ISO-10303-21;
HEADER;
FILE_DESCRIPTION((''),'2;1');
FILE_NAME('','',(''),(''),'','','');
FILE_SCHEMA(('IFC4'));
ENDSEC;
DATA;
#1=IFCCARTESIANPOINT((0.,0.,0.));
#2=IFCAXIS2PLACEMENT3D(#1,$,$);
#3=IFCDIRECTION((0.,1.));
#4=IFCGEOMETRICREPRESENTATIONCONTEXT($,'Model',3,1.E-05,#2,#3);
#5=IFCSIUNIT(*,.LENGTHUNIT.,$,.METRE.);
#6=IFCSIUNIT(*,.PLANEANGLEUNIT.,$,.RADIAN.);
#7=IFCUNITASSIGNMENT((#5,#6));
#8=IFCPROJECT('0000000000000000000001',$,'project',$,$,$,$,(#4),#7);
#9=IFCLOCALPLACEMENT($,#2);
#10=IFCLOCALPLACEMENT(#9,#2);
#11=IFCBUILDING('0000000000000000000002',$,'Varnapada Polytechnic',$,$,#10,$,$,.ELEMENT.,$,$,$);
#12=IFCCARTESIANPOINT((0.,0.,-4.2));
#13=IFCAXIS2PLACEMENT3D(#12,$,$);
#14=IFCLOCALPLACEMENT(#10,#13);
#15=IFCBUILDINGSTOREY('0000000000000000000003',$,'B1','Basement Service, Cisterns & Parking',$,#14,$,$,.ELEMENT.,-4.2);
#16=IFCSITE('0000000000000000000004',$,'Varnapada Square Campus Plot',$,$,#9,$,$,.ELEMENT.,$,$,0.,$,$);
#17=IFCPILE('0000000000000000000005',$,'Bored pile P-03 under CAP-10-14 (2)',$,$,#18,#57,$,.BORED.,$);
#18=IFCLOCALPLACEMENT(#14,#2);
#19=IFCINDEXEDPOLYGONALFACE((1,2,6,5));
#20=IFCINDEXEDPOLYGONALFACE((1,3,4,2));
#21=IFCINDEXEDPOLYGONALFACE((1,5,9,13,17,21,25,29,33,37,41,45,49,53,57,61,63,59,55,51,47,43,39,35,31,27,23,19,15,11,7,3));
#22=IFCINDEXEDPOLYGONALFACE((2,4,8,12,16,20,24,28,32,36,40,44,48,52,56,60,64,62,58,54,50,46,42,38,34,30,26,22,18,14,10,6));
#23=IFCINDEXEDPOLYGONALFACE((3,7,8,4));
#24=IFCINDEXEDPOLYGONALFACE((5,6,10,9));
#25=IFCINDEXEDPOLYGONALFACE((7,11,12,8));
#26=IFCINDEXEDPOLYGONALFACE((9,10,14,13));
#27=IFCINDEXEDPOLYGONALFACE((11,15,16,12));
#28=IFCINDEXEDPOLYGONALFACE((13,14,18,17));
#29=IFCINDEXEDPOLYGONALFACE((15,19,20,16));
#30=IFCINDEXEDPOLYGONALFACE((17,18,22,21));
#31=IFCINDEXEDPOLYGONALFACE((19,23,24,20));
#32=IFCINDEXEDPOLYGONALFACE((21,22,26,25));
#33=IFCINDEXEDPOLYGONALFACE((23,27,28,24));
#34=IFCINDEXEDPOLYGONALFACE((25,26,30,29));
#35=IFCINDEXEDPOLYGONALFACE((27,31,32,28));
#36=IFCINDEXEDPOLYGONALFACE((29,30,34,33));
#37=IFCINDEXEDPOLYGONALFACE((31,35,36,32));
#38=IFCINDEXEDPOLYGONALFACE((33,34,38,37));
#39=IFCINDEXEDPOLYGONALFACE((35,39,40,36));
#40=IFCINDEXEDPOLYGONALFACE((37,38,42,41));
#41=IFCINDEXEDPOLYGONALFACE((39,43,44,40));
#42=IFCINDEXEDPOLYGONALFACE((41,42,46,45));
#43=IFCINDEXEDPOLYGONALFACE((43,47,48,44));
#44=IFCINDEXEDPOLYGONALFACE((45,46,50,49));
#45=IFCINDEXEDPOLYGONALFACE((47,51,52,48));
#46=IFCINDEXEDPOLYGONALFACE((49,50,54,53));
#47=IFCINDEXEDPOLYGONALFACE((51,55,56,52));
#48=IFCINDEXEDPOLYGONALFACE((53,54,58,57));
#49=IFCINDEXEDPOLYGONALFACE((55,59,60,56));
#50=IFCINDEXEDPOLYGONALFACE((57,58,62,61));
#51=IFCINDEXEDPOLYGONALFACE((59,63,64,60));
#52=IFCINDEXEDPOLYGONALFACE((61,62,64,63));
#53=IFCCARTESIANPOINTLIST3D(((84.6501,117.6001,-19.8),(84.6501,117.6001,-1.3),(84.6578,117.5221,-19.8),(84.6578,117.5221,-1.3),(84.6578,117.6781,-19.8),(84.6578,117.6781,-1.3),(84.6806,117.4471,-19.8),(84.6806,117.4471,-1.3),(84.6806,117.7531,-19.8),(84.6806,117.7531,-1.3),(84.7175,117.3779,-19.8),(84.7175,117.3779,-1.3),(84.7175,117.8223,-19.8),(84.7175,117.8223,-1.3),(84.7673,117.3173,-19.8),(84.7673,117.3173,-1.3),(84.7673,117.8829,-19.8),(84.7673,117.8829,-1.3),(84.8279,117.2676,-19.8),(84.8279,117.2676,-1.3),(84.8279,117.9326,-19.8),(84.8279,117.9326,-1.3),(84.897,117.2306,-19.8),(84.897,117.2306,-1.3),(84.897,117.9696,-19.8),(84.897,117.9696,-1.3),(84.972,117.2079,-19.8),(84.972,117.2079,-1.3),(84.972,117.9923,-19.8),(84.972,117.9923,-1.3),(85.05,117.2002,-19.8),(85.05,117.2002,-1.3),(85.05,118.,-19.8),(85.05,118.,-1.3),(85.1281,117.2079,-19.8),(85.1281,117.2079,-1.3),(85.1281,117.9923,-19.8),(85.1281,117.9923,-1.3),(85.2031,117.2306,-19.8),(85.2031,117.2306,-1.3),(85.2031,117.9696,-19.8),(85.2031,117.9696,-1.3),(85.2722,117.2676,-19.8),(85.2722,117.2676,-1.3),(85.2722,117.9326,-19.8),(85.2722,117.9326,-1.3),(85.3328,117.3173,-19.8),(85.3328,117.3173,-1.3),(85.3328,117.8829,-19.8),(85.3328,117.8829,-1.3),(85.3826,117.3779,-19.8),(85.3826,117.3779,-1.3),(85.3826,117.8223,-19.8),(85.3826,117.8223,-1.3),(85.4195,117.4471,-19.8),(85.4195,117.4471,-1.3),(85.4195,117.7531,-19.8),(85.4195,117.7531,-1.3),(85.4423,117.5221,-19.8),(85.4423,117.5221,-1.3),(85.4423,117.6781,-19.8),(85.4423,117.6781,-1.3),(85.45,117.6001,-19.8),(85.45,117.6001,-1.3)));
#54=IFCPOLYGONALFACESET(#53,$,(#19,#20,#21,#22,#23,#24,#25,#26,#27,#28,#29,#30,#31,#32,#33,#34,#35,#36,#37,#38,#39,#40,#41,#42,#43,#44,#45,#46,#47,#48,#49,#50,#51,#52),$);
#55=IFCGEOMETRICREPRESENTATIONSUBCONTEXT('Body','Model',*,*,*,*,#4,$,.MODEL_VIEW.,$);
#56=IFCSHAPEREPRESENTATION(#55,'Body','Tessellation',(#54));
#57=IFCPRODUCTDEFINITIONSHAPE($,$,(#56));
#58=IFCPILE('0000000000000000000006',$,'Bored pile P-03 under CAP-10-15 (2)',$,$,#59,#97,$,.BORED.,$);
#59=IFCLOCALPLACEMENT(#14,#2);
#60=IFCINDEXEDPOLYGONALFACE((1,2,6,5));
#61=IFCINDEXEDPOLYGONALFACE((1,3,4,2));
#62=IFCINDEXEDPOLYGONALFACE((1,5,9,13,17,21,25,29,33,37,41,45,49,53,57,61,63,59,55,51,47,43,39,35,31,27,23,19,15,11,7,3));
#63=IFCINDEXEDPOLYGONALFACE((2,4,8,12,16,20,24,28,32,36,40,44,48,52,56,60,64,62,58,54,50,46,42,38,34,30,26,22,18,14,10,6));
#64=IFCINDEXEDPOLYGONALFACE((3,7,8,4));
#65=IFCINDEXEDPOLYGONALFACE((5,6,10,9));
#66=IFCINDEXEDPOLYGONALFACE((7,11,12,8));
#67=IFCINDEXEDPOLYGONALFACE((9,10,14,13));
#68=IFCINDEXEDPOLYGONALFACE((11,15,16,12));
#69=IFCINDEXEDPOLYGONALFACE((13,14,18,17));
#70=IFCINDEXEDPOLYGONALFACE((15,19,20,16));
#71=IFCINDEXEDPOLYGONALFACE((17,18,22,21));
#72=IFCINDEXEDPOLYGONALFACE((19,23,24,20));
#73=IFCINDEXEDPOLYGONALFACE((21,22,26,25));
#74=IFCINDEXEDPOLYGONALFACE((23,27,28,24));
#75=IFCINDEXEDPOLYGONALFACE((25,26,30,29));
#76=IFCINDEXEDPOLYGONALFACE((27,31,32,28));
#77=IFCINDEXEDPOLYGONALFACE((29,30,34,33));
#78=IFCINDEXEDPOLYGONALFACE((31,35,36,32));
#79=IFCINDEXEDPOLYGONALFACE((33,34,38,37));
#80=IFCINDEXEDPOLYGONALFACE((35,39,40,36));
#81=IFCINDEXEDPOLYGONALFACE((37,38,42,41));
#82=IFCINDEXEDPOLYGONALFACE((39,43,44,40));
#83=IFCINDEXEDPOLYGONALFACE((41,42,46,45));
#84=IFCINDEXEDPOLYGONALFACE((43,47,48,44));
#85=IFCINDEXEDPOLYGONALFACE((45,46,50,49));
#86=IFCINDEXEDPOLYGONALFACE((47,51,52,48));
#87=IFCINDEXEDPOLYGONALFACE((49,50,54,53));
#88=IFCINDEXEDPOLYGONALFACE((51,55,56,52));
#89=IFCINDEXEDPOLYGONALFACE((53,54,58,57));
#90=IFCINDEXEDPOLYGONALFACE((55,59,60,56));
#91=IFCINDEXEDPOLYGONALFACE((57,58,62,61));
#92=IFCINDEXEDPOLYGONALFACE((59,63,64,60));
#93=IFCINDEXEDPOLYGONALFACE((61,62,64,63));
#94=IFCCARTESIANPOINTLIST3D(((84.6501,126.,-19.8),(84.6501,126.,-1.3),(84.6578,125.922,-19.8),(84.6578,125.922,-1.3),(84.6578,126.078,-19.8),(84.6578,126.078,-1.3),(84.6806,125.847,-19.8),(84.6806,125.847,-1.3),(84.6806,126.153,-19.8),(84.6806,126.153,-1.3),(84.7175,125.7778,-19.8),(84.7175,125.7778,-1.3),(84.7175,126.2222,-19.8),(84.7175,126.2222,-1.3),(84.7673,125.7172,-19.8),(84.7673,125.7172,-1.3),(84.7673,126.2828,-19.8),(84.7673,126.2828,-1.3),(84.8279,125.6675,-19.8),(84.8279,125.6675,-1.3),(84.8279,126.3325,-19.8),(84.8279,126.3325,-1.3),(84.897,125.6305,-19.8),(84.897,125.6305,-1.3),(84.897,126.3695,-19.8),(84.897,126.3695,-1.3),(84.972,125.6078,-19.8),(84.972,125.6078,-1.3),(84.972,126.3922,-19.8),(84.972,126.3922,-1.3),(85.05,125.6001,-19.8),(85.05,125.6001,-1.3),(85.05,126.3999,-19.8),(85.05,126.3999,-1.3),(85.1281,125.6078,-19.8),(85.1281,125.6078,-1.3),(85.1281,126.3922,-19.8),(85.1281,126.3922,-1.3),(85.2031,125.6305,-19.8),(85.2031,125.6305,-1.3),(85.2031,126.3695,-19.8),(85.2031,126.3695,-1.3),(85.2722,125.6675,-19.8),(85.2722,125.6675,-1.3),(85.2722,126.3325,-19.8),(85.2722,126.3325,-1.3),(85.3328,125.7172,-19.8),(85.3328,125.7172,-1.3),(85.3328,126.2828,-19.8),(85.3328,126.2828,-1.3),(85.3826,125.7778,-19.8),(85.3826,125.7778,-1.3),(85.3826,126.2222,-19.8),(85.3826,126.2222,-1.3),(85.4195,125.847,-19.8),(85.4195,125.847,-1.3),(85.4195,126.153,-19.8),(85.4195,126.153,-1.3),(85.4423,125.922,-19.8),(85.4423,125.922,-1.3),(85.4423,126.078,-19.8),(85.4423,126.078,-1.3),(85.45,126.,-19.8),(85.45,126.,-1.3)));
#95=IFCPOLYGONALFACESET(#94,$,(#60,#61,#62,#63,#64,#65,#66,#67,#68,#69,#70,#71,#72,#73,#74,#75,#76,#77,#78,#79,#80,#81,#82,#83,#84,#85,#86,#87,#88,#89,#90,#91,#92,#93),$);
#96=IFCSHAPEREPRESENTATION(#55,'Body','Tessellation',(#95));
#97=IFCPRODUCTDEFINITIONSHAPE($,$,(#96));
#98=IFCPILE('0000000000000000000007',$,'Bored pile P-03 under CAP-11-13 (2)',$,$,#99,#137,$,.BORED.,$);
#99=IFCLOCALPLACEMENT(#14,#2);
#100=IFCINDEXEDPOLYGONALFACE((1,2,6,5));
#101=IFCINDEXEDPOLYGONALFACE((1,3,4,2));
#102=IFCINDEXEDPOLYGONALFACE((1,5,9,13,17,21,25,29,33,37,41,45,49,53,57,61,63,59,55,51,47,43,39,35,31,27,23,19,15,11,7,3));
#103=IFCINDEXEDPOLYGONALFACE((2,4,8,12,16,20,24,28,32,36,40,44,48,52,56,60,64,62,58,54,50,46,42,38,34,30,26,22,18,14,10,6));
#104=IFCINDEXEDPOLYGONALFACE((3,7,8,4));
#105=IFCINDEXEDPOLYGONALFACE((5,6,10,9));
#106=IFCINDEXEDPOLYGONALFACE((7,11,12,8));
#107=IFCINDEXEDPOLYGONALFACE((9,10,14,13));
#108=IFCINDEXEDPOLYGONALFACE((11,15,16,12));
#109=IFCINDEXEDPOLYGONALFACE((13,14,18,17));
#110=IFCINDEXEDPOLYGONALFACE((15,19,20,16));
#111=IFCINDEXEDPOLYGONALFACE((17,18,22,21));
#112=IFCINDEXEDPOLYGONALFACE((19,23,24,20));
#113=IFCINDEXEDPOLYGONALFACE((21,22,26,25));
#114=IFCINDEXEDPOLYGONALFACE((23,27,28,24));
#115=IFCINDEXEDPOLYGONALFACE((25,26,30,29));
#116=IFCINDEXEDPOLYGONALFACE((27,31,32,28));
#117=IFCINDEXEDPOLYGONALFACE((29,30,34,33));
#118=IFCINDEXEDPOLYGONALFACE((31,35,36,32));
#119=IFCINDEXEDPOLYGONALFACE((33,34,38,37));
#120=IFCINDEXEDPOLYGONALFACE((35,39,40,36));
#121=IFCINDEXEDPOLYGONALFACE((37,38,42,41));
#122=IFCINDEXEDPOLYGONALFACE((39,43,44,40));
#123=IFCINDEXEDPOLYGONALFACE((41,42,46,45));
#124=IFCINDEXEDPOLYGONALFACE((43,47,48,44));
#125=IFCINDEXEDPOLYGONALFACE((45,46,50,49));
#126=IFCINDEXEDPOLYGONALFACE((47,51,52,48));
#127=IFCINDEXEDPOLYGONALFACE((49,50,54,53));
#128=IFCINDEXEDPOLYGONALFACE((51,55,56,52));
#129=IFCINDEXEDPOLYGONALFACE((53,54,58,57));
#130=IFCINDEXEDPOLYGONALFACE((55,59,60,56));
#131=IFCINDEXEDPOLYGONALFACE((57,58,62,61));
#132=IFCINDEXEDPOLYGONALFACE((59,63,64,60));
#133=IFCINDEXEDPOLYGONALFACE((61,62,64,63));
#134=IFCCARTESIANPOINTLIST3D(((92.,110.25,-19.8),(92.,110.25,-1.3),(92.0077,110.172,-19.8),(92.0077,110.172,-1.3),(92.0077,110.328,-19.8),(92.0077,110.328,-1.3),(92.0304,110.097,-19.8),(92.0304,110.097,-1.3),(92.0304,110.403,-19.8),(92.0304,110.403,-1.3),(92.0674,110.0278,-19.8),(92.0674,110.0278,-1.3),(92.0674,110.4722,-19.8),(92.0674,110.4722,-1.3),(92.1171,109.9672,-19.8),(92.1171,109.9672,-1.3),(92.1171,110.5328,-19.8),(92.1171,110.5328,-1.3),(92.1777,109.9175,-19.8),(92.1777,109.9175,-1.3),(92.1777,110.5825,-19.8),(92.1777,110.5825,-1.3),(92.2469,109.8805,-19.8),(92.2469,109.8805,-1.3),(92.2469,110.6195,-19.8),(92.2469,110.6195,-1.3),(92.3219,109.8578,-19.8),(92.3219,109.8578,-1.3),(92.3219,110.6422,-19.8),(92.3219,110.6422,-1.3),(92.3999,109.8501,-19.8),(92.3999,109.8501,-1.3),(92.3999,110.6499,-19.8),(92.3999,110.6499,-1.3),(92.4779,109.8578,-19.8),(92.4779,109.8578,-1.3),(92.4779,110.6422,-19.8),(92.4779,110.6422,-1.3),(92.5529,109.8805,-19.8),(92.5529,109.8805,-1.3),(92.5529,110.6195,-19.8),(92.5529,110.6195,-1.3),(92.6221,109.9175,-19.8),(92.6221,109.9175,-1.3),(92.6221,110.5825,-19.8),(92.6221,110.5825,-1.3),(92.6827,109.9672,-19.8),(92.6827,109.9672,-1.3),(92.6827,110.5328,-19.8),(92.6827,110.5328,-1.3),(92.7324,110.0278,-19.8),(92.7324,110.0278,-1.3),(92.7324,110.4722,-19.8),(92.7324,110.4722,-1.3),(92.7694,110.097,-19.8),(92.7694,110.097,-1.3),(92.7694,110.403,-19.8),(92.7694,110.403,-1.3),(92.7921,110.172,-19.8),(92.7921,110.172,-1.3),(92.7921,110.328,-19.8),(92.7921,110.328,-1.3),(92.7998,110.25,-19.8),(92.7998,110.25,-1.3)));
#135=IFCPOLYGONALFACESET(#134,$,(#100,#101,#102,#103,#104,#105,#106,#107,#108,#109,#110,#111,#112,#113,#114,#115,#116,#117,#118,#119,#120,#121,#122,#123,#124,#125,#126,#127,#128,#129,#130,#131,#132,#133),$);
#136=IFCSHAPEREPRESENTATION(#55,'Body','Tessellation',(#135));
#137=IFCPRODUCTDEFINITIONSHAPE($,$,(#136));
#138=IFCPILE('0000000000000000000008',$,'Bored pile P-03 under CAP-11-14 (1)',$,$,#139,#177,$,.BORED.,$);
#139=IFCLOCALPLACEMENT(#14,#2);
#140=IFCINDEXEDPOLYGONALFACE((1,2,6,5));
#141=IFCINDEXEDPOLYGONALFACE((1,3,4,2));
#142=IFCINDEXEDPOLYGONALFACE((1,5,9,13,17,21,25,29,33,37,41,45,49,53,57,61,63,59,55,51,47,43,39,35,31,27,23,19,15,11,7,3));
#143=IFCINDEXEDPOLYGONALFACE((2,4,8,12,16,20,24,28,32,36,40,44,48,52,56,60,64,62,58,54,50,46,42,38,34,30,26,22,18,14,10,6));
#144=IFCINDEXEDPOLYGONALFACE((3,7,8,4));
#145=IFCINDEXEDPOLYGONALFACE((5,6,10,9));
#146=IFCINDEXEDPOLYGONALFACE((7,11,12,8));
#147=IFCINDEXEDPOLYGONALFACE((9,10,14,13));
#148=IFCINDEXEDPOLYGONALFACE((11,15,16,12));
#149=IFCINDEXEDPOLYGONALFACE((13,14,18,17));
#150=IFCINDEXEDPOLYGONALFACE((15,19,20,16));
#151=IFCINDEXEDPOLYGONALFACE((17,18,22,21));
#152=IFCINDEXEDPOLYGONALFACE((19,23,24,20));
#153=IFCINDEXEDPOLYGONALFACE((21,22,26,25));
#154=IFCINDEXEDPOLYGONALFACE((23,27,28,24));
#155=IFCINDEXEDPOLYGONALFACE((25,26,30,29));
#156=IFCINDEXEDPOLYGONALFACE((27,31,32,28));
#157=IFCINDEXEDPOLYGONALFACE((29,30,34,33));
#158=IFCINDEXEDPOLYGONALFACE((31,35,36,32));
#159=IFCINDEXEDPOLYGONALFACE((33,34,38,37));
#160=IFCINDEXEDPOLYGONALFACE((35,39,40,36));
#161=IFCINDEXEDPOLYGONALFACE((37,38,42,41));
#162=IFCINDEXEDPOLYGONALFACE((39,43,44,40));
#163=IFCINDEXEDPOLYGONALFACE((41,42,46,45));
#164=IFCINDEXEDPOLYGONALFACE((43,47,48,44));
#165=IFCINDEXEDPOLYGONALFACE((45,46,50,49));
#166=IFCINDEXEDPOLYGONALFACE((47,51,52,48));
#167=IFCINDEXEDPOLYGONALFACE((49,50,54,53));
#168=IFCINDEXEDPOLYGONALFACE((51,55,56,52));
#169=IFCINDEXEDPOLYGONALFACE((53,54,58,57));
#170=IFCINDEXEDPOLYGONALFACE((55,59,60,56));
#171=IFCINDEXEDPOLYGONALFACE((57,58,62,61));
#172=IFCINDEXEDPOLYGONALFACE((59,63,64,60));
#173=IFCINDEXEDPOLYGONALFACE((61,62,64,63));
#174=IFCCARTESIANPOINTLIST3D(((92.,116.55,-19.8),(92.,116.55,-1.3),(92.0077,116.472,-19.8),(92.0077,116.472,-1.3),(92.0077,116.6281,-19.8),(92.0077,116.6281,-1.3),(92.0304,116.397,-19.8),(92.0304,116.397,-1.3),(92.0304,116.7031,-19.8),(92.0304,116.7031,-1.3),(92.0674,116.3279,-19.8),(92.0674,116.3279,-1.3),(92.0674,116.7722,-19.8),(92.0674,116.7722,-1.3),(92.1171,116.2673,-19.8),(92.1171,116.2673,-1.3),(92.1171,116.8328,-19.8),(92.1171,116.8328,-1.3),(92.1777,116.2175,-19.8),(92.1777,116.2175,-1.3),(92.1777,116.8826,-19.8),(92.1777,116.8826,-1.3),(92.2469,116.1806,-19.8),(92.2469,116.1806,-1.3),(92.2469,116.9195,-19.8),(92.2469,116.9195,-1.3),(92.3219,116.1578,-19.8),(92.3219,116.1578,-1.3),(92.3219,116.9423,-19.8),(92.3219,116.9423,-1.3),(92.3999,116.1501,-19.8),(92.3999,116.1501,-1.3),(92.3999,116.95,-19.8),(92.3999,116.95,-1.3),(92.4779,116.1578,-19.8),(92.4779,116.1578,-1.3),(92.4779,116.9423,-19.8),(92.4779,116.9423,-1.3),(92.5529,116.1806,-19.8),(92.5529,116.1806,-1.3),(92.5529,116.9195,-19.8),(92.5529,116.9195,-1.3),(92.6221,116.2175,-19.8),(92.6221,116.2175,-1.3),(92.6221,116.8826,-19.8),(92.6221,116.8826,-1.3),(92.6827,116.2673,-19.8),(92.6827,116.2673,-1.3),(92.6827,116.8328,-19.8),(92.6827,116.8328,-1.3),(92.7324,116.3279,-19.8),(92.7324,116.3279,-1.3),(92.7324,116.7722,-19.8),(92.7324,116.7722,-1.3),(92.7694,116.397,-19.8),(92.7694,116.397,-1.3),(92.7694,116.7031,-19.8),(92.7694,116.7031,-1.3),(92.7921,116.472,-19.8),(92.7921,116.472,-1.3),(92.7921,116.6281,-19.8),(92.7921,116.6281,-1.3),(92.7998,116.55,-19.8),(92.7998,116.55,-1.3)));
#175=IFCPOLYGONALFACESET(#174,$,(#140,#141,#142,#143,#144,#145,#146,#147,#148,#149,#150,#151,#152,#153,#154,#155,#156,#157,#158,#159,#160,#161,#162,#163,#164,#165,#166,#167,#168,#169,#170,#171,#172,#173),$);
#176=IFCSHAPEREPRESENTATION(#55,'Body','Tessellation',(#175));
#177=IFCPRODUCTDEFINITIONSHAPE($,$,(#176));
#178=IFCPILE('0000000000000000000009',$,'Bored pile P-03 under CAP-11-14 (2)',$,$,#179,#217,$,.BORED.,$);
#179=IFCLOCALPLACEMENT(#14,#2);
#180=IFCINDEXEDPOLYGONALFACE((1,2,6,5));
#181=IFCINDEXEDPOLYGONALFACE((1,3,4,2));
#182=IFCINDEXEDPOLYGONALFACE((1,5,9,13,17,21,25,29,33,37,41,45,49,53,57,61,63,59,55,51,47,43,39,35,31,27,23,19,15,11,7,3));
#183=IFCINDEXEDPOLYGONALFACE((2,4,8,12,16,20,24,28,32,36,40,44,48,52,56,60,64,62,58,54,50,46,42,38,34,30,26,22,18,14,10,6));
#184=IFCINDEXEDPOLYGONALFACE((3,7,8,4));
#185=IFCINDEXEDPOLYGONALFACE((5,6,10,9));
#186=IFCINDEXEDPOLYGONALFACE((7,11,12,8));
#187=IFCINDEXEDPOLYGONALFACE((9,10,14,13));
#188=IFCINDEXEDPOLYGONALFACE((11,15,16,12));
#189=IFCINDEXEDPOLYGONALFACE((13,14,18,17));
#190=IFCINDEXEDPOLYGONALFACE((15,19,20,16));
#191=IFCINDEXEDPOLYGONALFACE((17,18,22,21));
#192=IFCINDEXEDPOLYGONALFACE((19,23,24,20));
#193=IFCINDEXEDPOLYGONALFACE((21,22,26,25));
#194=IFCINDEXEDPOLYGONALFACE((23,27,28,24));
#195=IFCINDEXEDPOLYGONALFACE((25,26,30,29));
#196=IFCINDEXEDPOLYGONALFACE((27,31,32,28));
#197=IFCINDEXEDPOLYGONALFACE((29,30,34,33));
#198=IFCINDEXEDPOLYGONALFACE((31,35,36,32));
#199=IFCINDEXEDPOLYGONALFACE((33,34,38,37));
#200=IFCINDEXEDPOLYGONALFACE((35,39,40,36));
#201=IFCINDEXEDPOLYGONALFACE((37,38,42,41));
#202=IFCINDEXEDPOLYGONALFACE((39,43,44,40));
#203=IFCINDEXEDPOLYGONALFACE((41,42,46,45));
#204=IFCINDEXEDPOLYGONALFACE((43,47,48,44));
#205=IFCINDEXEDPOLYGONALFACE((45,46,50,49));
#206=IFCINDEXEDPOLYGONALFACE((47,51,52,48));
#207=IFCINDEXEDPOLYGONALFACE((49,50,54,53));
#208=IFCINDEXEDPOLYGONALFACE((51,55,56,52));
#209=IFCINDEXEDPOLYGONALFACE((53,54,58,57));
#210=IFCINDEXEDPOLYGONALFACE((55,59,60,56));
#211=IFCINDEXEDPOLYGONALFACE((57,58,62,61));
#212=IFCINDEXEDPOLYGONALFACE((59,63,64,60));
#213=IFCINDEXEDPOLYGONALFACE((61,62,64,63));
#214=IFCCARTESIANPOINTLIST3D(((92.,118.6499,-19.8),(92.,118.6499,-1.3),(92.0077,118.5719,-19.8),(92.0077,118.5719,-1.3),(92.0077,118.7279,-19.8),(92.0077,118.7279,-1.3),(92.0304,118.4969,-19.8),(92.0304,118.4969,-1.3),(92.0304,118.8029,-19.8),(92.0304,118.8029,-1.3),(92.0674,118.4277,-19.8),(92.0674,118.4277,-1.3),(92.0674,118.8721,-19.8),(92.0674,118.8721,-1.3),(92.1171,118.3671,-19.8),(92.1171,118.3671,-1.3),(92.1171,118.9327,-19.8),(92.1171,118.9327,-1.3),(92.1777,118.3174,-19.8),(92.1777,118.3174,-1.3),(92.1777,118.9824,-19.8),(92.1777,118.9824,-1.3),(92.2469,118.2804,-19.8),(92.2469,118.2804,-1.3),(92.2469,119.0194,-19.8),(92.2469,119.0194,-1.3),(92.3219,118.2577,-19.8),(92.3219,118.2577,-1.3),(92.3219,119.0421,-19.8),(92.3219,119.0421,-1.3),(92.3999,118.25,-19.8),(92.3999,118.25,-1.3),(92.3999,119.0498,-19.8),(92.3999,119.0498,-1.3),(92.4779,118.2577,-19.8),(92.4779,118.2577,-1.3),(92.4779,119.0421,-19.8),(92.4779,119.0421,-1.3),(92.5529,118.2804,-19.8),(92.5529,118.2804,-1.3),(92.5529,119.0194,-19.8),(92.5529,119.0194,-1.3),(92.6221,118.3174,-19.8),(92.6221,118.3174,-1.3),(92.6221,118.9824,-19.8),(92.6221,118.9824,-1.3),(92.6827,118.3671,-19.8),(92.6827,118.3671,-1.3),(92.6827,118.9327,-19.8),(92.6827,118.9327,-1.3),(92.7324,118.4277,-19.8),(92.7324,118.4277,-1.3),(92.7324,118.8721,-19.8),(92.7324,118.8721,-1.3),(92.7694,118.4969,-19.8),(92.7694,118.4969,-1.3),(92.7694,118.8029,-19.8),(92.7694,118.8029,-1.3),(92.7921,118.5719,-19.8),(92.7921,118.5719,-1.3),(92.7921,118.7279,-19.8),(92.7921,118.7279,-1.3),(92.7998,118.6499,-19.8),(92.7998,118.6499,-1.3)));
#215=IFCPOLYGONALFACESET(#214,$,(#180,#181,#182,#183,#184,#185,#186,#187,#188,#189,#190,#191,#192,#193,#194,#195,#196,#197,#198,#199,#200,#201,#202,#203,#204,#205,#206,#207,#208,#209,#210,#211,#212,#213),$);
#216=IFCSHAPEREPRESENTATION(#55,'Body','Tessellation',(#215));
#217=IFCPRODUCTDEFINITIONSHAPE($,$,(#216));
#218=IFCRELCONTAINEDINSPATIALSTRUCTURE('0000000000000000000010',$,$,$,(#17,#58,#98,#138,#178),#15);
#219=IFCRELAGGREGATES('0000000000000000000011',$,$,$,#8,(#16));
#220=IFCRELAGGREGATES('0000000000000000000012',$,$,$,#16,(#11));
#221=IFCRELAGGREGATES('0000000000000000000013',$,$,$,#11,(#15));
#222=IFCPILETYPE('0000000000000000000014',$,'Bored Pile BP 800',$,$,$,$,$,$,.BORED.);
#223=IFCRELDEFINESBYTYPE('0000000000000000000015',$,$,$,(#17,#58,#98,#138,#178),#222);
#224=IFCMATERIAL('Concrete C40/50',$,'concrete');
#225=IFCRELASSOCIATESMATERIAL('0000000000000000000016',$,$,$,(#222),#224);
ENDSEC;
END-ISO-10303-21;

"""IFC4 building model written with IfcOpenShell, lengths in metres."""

from ifc_helpers import new_model, si_unit, direction, frame, origin, origin_2d, place, context, subcontext, project, spatial, circle, extrude, material, material_profile, profile_set, type_object, element, save


model = new_model("IFC4")

# Units and contexts
model_context = context("Model", 3, precision=1e-05, world=origin(), true_north=direction((0.0, 1.0)))
body_context = subcontext(model_context, "Body", "Model", "MODEL_VIEW")
ifc_project = project(units=[si_unit("LENGTHUNIT", "METRE"), si_unit("PLANEANGLEUNIT", "RADIAN")], contexts=[model_context])

# Site, building, storey
site_placement = place(None, origin())
site = spatial("IfcSite", under=ifc_project, at=site_placement, Name="Varnapada Square Campus Plot", CompositionType="ELEMENT", RefElevation=0.0)
building_placement = place(site_placement, origin())
building = spatial("IfcBuilding", under=site, at=building_placement, Name="Varnapada Polytechnic", CompositionType="ELEMENT")
storey_placement = place(building_placement, frame((0.0, 0.0, -4.2)))
storey = spatial("IfcBuildingStorey", under=building, at=storey_placement, Name="B1", Description="Basement Service, Cisterns & Parking", CompositionType="ELEMENT", Elevation=-4.2)

# Piles
ifc_material_1 = material(Name="Concrete C40/50", Category="concrete")
ifc_material_profile_1 = material_profile(ifc_material_1, circle(Radius=0.3999, at=origin_2d()), Name="BP 800")
ifc_profile_set_1 = profile_set([ifc_material_profile_1], Name="Concrete C40/50")
pile_type = type_object("IfcPileType", Name="Bored Pile BP 800", PredefinedType="BORED", material=ifc_profile_set_1)
for number, where, z_axis, x_axis, name in (
    (1, (85.05, 117.6001, -1.3), (0.0, 0.0, -1.0), (1.0, 0.0, 0.0), "Bored pile P-03 under CAP-10-14 (2)"),
    (2, (85.05, 126.0, -1.3), (0.0, 0.0, -1.0), (1.0, 0.0, 0.0), "Bored pile P-03 under CAP-10-15 (2)"),
    (3, (92.3999, 110.25, -1.3), (0.0, 0.0, -1.0), (1.0, 0.0, 0.0), "Bored pile P-03 under CAP-11-13 (2)"),
    (4, (92.3999, 116.55, -1.3), (0.0, 0.0, -1.0), (1.0, 0.0, 0.0), "Bored pile P-03 under CAP-11-14 (1)"),
    (5, (92.3999, 118.6499, -1.3), (0.0, 0.0, -1.0), (1.0, 0.0, 0.0), "Bored pile P-03 under CAP-11-14 (2)"),
):
    element("IfcPile", number, at=place(storey_placement, frame(where, z_axis=z_axis, x_axis=x_axis)), inside=storey, type_object=pile_type, Name=name, PredefinedType="BORED", context=body_context, shape_type="SweptSolid", body=[
        extrude(circle(Radius=0.3999, at=origin_2d()), origin(), (0.0, 0.0, 1.0), 18.5),
    ])

save(model, "model.ifc")
